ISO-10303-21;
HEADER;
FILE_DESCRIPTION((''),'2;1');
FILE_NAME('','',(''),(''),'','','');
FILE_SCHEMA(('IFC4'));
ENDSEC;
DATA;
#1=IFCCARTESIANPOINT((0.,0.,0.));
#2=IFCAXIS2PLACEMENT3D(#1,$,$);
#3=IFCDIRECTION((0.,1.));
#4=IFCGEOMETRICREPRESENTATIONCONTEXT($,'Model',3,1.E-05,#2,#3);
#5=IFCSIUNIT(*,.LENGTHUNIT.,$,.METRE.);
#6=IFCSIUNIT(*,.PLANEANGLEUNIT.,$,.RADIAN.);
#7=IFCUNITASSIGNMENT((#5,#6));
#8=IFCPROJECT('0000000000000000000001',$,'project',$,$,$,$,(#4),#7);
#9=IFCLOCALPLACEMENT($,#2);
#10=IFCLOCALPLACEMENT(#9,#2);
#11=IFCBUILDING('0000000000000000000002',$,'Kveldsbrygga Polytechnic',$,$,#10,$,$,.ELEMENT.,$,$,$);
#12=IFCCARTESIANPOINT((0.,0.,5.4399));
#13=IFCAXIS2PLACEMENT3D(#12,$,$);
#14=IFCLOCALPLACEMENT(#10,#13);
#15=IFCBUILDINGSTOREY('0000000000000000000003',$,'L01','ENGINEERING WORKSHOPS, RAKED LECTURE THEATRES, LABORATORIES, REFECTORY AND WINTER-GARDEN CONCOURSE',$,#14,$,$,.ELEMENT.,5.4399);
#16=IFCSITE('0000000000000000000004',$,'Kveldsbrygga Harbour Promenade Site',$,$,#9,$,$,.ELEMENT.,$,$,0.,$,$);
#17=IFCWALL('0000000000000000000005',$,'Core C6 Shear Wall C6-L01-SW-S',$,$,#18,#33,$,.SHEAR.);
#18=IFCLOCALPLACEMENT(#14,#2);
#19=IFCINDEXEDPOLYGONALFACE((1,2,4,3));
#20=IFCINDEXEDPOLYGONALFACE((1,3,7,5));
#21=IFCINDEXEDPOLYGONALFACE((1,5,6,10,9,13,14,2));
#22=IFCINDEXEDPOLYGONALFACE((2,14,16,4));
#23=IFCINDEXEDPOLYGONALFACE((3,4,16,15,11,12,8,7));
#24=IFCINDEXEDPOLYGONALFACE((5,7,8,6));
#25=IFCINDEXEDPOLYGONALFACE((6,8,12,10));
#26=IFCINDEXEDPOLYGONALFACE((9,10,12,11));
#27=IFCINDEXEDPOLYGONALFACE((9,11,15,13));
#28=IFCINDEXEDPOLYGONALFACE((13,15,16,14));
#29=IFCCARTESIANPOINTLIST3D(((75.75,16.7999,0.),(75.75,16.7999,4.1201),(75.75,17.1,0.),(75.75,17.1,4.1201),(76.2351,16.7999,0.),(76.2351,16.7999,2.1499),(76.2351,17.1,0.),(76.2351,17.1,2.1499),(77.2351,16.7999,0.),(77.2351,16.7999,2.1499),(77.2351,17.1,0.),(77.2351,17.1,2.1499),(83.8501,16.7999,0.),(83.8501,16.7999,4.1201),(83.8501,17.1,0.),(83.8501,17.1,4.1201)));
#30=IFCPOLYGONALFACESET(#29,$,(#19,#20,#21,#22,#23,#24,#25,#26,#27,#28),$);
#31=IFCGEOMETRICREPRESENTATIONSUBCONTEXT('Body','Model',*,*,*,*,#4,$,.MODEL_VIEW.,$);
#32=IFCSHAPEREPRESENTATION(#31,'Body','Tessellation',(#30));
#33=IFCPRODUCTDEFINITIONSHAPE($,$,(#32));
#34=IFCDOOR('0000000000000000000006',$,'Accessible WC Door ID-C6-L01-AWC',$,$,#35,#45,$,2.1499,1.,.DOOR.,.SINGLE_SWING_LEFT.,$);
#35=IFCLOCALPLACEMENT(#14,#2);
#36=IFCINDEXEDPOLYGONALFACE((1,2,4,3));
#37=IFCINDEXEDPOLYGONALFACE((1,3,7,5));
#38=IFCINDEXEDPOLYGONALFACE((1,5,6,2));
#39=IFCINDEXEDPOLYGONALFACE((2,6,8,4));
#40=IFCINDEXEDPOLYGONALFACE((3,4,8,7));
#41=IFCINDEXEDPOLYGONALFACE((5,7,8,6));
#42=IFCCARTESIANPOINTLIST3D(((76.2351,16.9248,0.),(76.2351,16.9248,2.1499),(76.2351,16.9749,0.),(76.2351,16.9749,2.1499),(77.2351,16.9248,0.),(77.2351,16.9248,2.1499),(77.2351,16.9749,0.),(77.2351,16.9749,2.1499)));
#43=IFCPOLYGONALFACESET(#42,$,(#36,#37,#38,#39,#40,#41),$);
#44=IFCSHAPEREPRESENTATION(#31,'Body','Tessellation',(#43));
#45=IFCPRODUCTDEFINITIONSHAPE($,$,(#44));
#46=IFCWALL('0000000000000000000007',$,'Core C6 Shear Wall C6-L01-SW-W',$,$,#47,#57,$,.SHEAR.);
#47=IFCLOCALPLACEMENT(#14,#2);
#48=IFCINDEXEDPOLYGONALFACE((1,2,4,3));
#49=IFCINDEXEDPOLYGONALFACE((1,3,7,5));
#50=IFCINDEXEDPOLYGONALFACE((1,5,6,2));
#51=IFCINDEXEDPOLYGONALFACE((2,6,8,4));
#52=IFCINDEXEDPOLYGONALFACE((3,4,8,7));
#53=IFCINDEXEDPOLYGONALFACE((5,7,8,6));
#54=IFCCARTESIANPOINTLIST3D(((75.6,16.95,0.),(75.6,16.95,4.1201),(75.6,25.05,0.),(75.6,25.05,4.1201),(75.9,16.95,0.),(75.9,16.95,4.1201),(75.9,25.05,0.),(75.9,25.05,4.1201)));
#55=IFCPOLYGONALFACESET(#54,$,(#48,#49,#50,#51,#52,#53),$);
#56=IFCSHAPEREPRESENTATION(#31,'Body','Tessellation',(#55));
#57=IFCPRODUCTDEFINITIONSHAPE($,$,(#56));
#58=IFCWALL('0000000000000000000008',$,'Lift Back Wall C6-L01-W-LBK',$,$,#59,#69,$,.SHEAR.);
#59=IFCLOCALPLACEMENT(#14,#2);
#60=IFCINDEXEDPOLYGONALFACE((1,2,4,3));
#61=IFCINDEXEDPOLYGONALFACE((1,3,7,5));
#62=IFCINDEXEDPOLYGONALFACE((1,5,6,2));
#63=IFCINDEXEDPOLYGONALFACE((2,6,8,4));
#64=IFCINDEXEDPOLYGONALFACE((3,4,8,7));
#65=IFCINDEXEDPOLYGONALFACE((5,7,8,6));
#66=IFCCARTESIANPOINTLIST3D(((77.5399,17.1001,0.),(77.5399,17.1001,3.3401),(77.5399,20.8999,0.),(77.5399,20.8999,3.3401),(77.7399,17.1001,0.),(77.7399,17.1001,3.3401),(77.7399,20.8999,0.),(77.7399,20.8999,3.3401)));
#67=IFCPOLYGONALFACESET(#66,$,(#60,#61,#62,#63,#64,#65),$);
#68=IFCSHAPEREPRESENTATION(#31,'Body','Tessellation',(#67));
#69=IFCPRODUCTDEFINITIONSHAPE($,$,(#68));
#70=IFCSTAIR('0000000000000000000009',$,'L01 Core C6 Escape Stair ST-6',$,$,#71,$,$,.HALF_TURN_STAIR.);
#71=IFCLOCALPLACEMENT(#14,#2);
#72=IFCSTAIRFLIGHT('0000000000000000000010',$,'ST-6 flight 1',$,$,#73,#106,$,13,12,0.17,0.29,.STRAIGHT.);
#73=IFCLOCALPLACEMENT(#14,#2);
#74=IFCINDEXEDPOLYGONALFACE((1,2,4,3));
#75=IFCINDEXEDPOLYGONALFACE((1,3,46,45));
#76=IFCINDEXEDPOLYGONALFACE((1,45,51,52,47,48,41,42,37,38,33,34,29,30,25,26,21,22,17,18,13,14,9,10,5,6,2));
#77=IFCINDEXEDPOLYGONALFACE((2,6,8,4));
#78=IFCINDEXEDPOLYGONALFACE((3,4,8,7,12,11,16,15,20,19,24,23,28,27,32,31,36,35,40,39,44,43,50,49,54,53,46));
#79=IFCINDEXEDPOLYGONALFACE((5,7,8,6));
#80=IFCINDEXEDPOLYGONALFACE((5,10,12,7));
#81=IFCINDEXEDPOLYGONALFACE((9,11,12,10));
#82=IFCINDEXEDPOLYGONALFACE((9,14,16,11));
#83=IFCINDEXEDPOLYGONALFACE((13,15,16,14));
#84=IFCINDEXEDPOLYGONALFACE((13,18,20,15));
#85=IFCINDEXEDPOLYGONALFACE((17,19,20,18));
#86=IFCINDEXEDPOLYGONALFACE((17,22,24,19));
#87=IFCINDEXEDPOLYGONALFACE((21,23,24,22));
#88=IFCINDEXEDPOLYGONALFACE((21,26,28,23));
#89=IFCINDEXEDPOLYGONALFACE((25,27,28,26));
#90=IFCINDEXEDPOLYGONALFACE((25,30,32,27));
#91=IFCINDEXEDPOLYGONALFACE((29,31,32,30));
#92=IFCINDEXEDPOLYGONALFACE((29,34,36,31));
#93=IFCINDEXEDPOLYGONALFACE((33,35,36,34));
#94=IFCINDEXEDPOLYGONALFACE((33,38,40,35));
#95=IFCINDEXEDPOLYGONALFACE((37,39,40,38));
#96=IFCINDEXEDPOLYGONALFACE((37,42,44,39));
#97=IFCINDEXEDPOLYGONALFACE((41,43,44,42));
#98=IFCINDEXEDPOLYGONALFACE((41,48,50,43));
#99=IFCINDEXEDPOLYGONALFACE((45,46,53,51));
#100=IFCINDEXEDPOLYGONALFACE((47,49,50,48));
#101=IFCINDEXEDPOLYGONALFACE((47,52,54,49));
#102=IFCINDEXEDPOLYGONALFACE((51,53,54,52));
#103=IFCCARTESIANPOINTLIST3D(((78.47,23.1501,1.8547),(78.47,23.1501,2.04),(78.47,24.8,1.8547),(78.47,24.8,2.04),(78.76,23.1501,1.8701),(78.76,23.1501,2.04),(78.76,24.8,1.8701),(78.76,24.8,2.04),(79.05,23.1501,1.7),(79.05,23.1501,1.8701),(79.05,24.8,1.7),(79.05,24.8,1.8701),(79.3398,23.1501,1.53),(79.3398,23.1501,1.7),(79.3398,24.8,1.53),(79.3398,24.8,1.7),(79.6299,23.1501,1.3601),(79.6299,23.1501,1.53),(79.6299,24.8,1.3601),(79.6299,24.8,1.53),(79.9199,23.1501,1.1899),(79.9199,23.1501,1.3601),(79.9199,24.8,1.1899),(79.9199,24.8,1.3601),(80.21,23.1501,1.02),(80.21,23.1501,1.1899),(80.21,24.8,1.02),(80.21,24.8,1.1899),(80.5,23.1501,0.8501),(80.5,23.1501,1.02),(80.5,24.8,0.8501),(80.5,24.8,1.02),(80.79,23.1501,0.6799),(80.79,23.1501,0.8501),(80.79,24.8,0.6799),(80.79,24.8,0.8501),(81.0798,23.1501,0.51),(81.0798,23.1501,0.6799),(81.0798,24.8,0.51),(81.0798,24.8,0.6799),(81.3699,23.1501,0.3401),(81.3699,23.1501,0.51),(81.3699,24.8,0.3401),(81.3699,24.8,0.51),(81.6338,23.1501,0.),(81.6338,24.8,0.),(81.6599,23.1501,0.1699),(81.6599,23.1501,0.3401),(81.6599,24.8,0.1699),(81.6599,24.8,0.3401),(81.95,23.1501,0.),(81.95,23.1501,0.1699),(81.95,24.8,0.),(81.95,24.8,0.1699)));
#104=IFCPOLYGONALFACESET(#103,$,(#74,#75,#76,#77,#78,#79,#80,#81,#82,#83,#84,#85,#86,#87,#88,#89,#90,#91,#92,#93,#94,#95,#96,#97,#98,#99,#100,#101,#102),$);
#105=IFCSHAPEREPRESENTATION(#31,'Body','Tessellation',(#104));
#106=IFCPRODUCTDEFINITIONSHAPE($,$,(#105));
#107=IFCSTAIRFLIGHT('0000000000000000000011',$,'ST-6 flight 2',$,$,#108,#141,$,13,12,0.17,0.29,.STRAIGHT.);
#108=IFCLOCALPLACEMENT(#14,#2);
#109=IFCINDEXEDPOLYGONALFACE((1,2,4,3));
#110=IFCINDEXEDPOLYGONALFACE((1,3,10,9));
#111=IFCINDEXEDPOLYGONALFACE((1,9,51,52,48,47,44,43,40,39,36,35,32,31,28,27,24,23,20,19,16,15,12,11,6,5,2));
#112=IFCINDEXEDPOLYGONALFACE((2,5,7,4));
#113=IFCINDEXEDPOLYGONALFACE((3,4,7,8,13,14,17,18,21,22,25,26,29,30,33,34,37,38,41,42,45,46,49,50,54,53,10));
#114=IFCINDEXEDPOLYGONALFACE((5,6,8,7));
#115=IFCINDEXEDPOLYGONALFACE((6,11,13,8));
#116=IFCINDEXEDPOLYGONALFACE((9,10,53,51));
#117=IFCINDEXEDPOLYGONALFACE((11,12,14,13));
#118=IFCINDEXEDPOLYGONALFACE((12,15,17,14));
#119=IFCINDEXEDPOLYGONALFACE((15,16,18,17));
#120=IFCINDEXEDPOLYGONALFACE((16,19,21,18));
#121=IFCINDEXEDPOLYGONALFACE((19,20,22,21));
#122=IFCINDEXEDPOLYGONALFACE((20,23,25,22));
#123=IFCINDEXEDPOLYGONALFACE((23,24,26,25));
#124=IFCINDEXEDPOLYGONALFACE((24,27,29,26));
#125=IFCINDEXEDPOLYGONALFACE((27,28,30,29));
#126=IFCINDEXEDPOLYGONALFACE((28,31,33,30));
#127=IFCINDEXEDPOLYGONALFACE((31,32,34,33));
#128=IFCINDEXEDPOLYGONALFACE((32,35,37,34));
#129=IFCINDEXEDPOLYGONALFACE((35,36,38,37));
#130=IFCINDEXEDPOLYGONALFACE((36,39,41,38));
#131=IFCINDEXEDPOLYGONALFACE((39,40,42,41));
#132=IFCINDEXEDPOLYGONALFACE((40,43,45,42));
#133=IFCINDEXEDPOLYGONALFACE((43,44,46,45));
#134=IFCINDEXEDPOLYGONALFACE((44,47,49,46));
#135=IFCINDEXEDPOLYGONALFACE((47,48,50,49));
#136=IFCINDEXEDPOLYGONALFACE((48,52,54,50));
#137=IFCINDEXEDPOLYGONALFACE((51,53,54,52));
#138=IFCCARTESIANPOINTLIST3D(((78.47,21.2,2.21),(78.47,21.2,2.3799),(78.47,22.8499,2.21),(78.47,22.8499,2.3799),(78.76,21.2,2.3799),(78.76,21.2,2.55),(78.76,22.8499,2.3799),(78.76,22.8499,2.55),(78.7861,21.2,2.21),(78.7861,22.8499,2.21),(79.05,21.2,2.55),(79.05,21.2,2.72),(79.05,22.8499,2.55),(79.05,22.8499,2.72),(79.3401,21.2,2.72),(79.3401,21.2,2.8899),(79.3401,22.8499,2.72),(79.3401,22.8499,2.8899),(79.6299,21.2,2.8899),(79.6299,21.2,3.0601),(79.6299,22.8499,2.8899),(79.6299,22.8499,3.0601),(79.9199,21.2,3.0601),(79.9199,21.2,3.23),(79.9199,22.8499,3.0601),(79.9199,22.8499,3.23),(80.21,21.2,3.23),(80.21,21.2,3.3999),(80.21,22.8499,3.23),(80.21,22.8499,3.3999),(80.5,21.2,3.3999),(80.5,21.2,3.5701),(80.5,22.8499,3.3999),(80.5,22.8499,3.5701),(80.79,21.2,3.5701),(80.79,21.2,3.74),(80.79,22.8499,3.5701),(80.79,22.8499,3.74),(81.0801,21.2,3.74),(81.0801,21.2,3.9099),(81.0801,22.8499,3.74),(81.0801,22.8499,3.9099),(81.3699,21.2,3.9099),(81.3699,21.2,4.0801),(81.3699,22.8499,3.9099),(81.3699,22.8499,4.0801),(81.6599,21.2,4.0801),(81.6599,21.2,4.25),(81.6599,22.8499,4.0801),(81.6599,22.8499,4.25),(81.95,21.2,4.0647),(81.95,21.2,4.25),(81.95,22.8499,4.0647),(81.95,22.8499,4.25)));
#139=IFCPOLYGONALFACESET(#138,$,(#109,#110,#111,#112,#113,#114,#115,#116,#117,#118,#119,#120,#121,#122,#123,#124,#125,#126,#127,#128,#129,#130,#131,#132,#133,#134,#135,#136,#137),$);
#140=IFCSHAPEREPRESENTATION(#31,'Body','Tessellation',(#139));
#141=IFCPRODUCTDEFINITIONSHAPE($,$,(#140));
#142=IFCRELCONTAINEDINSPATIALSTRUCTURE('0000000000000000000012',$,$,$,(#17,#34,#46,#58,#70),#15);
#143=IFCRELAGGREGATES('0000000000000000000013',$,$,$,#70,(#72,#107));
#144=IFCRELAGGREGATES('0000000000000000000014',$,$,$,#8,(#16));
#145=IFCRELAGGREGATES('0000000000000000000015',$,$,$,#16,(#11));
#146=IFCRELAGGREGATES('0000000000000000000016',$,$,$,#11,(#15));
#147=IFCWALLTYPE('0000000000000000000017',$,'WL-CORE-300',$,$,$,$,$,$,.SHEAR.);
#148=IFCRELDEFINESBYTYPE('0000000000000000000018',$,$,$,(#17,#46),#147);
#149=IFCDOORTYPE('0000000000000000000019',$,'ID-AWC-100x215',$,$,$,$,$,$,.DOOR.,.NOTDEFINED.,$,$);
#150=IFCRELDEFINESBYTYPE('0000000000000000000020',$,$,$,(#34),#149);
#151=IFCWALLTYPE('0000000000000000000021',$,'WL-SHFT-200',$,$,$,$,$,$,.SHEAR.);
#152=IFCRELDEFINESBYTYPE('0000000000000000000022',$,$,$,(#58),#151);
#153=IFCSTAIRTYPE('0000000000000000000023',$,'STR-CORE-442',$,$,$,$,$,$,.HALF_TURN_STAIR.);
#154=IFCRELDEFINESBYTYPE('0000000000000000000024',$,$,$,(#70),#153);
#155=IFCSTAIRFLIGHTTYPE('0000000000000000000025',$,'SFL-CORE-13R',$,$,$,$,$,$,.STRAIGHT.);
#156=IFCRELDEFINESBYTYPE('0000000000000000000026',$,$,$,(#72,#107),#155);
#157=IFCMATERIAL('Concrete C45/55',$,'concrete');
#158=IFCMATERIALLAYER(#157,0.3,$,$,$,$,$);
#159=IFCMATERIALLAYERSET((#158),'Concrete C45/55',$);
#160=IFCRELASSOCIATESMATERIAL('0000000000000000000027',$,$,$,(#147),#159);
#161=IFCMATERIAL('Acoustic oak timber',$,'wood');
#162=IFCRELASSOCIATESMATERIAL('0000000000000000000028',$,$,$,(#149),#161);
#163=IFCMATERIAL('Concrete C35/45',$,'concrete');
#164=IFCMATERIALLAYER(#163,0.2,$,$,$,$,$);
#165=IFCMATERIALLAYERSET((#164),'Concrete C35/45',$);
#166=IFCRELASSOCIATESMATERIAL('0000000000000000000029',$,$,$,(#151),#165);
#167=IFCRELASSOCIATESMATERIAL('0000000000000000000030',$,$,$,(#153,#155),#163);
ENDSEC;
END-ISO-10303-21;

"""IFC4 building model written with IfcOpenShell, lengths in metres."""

from ifc_helpers import new_model, si_unit, direction, frame, frame_2d, origin, place, context, subcontext, project, spatial, polyline, rectangle, outline, extrude, material, layer, layer_set, type_object, element, fill, aggregate, save


model = new_model("IFC4")

# Units and contexts
model_context = context("Model", 3, precision=1e-05, world=origin(), true_north=direction((0.0, 1.0)))
body_context = subcontext(model_context, "Body", "Model", "MODEL_VIEW")
ifc_project = project(units=[si_unit("LENGTHUNIT", "METRE"), si_unit("PLANEANGLEUNIT", "RADIAN")], contexts=[model_context])

# Site, building, storey
site_placement = place(None, origin())
site = spatial("IfcSite", under=ifc_project, at=site_placement, Name="Kveldsbrygga Harbour Promenade Site", CompositionType="ELEMENT", RefElevation=0.0)
building_placement = place(site_placement, origin())
building = spatial("IfcBuilding", under=site, at=building_placement, Name="Kveldsbrygga Polytechnic", CompositionType="ELEMENT")
storey_placement = place(building_placement, frame((0.0, 0.0, 5.4399)))
storey = spatial("IfcBuildingStorey", under=building, at=storey_placement, Name="L01", Description="ENGINEERING WORKSHOPS, RAKED LECTURE THEATRES, LABORATORIES, REFECTORY AND WINTER-GARDEN CONCOURSE", CompositionType="ELEMENT", Elevation=5.4399)

# Shared definitions
ifc_material_1 = material(Name="Concrete C45/55", Category="concrete")

# Shared definitions
ifc_material_2 = material(Name="Concrete C35/45", Category="concrete")

# Wall, opening, door
ifc_layer_1 = layer(ifc_material_1, 0.3)
ifc_layer_set_1 = layer_set([ifc_layer_1], Name="Concrete C45/55")
wall_type_1 = type_object("IfcWallType", Name="WL-CORE-300", PredefinedType="SHEAR", material=ifc_layer_set_1)
wall_1_placement = place(storey_placement, frame((75.75, 16.95, 0.0), z_axis=(0.0, 0.0, 1.0), x_axis=(1.0, 0.0, 0.0)))
wall_1 = element("IfcWall", 1, at=wall_1_placement, inside=storey, type_object=wall_type_1, Name="Core C6 Shear Wall C6-L01-SW-S", PredefinedType="SHEAR", context=body_context, shape_type="SweptSolid", body=[
    extrude(rectangle(XDim=8.1001, YDim=0.3, at=frame_2d((4.05, 0.0))), origin(), (0.0, 0.0, 1.0), 4.1201),
])
opening_1_placement = place(wall_1_placement, frame((0.4851, 0.0, 0.0)))
opening_1 = element("IfcOpeningElement", 2, at=opening_1_placement, cuts=wall_1, PredefinedType="OPENING", context=body_context, shape_type="SweptSolid", body=[
    extrude(rectangle(XDim=1.0, YDim=2.1499, at=frame_2d((0.5, 1.075))), frame((0.0, 0.1602, 0.0), z_axis=(0.0, -1.0, 0.0), x_axis=(1.0, 0.0, 0.0)), (0.0, 0.0, 1.0), 0.3201),
])
ifc_material_3 = material(Name="Acoustic oak timber", Category="wood")
door_type_1 = type_object("IfcDoorType", Name="ID-AWC-100x215", OperationType="NOTDEFINED", PredefinedType="DOOR", material=ifc_material_3)
door_1_placement = place(opening_1_placement, origin())
door_1 = element("IfcDoor", 3, at=door_1_placement, inside=storey, type_object=door_type_1, Name="Accessible WC Door ID-C6-L01-AWC", OperationType="SINGLE_SWING_LEFT", OverallHeight=2.1499, OverallWidth=1.0, PredefinedType="DOOR", context=body_context, shape_type="SweptSolid", body=[
    extrude(rectangle(XDim=1.0, YDim=2.1499, at=frame_2d((0.5, 1.075))), frame((0.0, 0.0249, 0.0), z_axis=(0.0, -1.0, 0.0), x_axis=(1.0, 0.0, 0.0)), (0.0, 0.0, 1.0), 0.05),
])
fill(opening_1, door_1)

# Wall
wall_2_placement = place(storey_placement, frame((75.75, 16.95, 0.0), z_axis=(0.0, 0.0, 1.0), x_axis=(0.0, 1.0, 0.0)))
element("IfcWall", 4, at=wall_2_placement, inside=storey, type_object=wall_type_1, Name="Core C6 Shear Wall C6-L01-SW-W", PredefinedType="SHEAR", context=body_context, shape_type="SweptSolid", body=[
    extrude(rectangle(XDim=8.1001, YDim=0.3, at=frame_2d((4.05, 0.0))), origin(), (0.0, 0.0, 1.0), 4.1201),
])

# Shared definitions
ifc_layer_2 = layer(ifc_material_2, 0.2)
ifc_layer_set_2 = layer_set([ifc_layer_2], Name="Concrete C35/45")
wall_type_2 = type_object("IfcWallType", Name="WL-SHFT-200", PredefinedType="SHEAR", material=ifc_layer_set_2)

# Wall
wall_3_placement = place(storey_placement, frame((77.6399, 17.1001, 0.0), z_axis=(0.0, 0.0, 1.0), x_axis=(0.0, 1.0, 0.0)))
element("IfcWall", 5, at=wall_3_placement, inside=storey, type_object=wall_type_2, Name="Lift Back Wall C6-L01-W-LBK", PredefinedType="SHEAR", context=body_context, shape_type="SweptSolid", body=[
    extrude(rectangle(XDim=3.7998, YDim=0.2, at=frame_2d((1.8999, 0.0))), origin(), (0.0, 0.0, 1.0), 3.3401),
])

# Stair, stair flights
stair_type = type_object("IfcStairType", Name="STR-CORE-442", PredefinedType="HALF_TURN_STAIR", material=ifc_material_2)
stair_placement = place(storey_placement, origin())
stair = element("IfcStair", 6, at=stair_placement, inside=storey, type_object=stair_type, Name="L01 Core C6 Escape Stair ST-6", PredefinedType="HALF_TURN_STAIR")
stair_flight_type = type_object("IfcStairFlightType", Name="SFL-CORE-13R", PredefinedType="STRAIGHT", material=ifc_material_2)
stair_flight_1_placement = place(storey_placement, frame((81.95, 23.9751, 0.0), z_axis=(0.0, 0.0, 1.0), x_axis=(-1.0, 0.0, 0.0)))
stair_flight_1 = element("IfcStairFlight", 7, at=stair_flight_1_placement, type_object=stair_flight_type, Name="ST-6 flight 1", NumberOfRisers=13, NumberOfTreads=12, PredefinedType="STRAIGHT", RiserHeight=0.17, TreadLength=0.29, context=body_context, shape_type="SweptSolid", body=[
    extrude(outline(polyline([(0.0, 0.0), (0.0, 0.1699), (0.29, 0.1699), (0.29, 0.3401), (0.5801, 0.3401), (0.5801, 0.51), (0.8701, 0.51), (0.8701, 0.6799), (1.1599, 0.6799), (1.1599, 0.8501), (1.45, 0.8501), (1.45, 1.02), (1.74, 1.02), (1.74, 1.1899), (2.03, 1.1899), (2.03, 1.3601), (2.3201, 1.3601), (2.3201, 1.53), (2.6101, 1.53), (2.6101, 1.7), (2.8999, 1.7), (2.8999, 1.8701), (3.1899, 1.8701), (3.1899, 2.04), (3.48, 2.04), (3.48, 2.21), (3.48, 1.8547), (0.3162, 0.0), (0.0, 0.0)])), frame((0.0, 0.825, 0.0), z_axis=(0.0, -1.0, 0.0), x_axis=(1.0, 0.0, 0.0)), (0.0, 0.0, 1.0), 1.6499),
])
stair_flight_2_placement = place(storey_placement, frame((78.47, 22.0249, 2.21), z_axis=(0.0, 0.0, 1.0), x_axis=(1.0, 0.0, 0.0)))
stair_flight_2 = element("IfcStairFlight", 8, at=stair_flight_2_placement, type_object=stair_flight_type, Name="ST-6 flight 2", NumberOfRisers=13, NumberOfTreads=12, PredefinedType="STRAIGHT", RiserHeight=0.17, TreadLength=0.29, context=body_context, shape_type="SweptSolid", body=[
    extrude(outline(polyline([(0.0, 0.0), (0.0, 0.1699), (0.29, 0.1699), (0.29, 0.3401), (0.5801, 0.3401), (0.5801, 0.51), (0.8701, 0.51), (0.8701, 0.6799), (1.1599, 0.6799), (1.1599, 0.8501), (1.45, 0.8501), (1.45, 1.02), (1.74, 1.02), (1.74, 1.1899), (2.03, 1.1899), (2.03, 1.3601), (2.3201, 1.3601), (2.3201, 1.53), (2.6101, 1.53), (2.6101, 1.7), (2.8999, 1.7), (2.8999, 1.8701), (3.1899, 1.8701), (3.1899, 2.04), (3.48, 2.04), (3.48, 2.21), (3.48, 1.8547), (0.3162, 0.0), (0.0, 0.0)])), frame((0.0, 0.825, 0.0), z_axis=(0.0, -1.0, 0.0), x_axis=(1.0, 0.0, 0.0)), (0.0, 0.0, 1.0), 1.6499),
])
aggregate(stair, [stair_flight_1, stair_flight_2])

save(model, "model.ifc")
